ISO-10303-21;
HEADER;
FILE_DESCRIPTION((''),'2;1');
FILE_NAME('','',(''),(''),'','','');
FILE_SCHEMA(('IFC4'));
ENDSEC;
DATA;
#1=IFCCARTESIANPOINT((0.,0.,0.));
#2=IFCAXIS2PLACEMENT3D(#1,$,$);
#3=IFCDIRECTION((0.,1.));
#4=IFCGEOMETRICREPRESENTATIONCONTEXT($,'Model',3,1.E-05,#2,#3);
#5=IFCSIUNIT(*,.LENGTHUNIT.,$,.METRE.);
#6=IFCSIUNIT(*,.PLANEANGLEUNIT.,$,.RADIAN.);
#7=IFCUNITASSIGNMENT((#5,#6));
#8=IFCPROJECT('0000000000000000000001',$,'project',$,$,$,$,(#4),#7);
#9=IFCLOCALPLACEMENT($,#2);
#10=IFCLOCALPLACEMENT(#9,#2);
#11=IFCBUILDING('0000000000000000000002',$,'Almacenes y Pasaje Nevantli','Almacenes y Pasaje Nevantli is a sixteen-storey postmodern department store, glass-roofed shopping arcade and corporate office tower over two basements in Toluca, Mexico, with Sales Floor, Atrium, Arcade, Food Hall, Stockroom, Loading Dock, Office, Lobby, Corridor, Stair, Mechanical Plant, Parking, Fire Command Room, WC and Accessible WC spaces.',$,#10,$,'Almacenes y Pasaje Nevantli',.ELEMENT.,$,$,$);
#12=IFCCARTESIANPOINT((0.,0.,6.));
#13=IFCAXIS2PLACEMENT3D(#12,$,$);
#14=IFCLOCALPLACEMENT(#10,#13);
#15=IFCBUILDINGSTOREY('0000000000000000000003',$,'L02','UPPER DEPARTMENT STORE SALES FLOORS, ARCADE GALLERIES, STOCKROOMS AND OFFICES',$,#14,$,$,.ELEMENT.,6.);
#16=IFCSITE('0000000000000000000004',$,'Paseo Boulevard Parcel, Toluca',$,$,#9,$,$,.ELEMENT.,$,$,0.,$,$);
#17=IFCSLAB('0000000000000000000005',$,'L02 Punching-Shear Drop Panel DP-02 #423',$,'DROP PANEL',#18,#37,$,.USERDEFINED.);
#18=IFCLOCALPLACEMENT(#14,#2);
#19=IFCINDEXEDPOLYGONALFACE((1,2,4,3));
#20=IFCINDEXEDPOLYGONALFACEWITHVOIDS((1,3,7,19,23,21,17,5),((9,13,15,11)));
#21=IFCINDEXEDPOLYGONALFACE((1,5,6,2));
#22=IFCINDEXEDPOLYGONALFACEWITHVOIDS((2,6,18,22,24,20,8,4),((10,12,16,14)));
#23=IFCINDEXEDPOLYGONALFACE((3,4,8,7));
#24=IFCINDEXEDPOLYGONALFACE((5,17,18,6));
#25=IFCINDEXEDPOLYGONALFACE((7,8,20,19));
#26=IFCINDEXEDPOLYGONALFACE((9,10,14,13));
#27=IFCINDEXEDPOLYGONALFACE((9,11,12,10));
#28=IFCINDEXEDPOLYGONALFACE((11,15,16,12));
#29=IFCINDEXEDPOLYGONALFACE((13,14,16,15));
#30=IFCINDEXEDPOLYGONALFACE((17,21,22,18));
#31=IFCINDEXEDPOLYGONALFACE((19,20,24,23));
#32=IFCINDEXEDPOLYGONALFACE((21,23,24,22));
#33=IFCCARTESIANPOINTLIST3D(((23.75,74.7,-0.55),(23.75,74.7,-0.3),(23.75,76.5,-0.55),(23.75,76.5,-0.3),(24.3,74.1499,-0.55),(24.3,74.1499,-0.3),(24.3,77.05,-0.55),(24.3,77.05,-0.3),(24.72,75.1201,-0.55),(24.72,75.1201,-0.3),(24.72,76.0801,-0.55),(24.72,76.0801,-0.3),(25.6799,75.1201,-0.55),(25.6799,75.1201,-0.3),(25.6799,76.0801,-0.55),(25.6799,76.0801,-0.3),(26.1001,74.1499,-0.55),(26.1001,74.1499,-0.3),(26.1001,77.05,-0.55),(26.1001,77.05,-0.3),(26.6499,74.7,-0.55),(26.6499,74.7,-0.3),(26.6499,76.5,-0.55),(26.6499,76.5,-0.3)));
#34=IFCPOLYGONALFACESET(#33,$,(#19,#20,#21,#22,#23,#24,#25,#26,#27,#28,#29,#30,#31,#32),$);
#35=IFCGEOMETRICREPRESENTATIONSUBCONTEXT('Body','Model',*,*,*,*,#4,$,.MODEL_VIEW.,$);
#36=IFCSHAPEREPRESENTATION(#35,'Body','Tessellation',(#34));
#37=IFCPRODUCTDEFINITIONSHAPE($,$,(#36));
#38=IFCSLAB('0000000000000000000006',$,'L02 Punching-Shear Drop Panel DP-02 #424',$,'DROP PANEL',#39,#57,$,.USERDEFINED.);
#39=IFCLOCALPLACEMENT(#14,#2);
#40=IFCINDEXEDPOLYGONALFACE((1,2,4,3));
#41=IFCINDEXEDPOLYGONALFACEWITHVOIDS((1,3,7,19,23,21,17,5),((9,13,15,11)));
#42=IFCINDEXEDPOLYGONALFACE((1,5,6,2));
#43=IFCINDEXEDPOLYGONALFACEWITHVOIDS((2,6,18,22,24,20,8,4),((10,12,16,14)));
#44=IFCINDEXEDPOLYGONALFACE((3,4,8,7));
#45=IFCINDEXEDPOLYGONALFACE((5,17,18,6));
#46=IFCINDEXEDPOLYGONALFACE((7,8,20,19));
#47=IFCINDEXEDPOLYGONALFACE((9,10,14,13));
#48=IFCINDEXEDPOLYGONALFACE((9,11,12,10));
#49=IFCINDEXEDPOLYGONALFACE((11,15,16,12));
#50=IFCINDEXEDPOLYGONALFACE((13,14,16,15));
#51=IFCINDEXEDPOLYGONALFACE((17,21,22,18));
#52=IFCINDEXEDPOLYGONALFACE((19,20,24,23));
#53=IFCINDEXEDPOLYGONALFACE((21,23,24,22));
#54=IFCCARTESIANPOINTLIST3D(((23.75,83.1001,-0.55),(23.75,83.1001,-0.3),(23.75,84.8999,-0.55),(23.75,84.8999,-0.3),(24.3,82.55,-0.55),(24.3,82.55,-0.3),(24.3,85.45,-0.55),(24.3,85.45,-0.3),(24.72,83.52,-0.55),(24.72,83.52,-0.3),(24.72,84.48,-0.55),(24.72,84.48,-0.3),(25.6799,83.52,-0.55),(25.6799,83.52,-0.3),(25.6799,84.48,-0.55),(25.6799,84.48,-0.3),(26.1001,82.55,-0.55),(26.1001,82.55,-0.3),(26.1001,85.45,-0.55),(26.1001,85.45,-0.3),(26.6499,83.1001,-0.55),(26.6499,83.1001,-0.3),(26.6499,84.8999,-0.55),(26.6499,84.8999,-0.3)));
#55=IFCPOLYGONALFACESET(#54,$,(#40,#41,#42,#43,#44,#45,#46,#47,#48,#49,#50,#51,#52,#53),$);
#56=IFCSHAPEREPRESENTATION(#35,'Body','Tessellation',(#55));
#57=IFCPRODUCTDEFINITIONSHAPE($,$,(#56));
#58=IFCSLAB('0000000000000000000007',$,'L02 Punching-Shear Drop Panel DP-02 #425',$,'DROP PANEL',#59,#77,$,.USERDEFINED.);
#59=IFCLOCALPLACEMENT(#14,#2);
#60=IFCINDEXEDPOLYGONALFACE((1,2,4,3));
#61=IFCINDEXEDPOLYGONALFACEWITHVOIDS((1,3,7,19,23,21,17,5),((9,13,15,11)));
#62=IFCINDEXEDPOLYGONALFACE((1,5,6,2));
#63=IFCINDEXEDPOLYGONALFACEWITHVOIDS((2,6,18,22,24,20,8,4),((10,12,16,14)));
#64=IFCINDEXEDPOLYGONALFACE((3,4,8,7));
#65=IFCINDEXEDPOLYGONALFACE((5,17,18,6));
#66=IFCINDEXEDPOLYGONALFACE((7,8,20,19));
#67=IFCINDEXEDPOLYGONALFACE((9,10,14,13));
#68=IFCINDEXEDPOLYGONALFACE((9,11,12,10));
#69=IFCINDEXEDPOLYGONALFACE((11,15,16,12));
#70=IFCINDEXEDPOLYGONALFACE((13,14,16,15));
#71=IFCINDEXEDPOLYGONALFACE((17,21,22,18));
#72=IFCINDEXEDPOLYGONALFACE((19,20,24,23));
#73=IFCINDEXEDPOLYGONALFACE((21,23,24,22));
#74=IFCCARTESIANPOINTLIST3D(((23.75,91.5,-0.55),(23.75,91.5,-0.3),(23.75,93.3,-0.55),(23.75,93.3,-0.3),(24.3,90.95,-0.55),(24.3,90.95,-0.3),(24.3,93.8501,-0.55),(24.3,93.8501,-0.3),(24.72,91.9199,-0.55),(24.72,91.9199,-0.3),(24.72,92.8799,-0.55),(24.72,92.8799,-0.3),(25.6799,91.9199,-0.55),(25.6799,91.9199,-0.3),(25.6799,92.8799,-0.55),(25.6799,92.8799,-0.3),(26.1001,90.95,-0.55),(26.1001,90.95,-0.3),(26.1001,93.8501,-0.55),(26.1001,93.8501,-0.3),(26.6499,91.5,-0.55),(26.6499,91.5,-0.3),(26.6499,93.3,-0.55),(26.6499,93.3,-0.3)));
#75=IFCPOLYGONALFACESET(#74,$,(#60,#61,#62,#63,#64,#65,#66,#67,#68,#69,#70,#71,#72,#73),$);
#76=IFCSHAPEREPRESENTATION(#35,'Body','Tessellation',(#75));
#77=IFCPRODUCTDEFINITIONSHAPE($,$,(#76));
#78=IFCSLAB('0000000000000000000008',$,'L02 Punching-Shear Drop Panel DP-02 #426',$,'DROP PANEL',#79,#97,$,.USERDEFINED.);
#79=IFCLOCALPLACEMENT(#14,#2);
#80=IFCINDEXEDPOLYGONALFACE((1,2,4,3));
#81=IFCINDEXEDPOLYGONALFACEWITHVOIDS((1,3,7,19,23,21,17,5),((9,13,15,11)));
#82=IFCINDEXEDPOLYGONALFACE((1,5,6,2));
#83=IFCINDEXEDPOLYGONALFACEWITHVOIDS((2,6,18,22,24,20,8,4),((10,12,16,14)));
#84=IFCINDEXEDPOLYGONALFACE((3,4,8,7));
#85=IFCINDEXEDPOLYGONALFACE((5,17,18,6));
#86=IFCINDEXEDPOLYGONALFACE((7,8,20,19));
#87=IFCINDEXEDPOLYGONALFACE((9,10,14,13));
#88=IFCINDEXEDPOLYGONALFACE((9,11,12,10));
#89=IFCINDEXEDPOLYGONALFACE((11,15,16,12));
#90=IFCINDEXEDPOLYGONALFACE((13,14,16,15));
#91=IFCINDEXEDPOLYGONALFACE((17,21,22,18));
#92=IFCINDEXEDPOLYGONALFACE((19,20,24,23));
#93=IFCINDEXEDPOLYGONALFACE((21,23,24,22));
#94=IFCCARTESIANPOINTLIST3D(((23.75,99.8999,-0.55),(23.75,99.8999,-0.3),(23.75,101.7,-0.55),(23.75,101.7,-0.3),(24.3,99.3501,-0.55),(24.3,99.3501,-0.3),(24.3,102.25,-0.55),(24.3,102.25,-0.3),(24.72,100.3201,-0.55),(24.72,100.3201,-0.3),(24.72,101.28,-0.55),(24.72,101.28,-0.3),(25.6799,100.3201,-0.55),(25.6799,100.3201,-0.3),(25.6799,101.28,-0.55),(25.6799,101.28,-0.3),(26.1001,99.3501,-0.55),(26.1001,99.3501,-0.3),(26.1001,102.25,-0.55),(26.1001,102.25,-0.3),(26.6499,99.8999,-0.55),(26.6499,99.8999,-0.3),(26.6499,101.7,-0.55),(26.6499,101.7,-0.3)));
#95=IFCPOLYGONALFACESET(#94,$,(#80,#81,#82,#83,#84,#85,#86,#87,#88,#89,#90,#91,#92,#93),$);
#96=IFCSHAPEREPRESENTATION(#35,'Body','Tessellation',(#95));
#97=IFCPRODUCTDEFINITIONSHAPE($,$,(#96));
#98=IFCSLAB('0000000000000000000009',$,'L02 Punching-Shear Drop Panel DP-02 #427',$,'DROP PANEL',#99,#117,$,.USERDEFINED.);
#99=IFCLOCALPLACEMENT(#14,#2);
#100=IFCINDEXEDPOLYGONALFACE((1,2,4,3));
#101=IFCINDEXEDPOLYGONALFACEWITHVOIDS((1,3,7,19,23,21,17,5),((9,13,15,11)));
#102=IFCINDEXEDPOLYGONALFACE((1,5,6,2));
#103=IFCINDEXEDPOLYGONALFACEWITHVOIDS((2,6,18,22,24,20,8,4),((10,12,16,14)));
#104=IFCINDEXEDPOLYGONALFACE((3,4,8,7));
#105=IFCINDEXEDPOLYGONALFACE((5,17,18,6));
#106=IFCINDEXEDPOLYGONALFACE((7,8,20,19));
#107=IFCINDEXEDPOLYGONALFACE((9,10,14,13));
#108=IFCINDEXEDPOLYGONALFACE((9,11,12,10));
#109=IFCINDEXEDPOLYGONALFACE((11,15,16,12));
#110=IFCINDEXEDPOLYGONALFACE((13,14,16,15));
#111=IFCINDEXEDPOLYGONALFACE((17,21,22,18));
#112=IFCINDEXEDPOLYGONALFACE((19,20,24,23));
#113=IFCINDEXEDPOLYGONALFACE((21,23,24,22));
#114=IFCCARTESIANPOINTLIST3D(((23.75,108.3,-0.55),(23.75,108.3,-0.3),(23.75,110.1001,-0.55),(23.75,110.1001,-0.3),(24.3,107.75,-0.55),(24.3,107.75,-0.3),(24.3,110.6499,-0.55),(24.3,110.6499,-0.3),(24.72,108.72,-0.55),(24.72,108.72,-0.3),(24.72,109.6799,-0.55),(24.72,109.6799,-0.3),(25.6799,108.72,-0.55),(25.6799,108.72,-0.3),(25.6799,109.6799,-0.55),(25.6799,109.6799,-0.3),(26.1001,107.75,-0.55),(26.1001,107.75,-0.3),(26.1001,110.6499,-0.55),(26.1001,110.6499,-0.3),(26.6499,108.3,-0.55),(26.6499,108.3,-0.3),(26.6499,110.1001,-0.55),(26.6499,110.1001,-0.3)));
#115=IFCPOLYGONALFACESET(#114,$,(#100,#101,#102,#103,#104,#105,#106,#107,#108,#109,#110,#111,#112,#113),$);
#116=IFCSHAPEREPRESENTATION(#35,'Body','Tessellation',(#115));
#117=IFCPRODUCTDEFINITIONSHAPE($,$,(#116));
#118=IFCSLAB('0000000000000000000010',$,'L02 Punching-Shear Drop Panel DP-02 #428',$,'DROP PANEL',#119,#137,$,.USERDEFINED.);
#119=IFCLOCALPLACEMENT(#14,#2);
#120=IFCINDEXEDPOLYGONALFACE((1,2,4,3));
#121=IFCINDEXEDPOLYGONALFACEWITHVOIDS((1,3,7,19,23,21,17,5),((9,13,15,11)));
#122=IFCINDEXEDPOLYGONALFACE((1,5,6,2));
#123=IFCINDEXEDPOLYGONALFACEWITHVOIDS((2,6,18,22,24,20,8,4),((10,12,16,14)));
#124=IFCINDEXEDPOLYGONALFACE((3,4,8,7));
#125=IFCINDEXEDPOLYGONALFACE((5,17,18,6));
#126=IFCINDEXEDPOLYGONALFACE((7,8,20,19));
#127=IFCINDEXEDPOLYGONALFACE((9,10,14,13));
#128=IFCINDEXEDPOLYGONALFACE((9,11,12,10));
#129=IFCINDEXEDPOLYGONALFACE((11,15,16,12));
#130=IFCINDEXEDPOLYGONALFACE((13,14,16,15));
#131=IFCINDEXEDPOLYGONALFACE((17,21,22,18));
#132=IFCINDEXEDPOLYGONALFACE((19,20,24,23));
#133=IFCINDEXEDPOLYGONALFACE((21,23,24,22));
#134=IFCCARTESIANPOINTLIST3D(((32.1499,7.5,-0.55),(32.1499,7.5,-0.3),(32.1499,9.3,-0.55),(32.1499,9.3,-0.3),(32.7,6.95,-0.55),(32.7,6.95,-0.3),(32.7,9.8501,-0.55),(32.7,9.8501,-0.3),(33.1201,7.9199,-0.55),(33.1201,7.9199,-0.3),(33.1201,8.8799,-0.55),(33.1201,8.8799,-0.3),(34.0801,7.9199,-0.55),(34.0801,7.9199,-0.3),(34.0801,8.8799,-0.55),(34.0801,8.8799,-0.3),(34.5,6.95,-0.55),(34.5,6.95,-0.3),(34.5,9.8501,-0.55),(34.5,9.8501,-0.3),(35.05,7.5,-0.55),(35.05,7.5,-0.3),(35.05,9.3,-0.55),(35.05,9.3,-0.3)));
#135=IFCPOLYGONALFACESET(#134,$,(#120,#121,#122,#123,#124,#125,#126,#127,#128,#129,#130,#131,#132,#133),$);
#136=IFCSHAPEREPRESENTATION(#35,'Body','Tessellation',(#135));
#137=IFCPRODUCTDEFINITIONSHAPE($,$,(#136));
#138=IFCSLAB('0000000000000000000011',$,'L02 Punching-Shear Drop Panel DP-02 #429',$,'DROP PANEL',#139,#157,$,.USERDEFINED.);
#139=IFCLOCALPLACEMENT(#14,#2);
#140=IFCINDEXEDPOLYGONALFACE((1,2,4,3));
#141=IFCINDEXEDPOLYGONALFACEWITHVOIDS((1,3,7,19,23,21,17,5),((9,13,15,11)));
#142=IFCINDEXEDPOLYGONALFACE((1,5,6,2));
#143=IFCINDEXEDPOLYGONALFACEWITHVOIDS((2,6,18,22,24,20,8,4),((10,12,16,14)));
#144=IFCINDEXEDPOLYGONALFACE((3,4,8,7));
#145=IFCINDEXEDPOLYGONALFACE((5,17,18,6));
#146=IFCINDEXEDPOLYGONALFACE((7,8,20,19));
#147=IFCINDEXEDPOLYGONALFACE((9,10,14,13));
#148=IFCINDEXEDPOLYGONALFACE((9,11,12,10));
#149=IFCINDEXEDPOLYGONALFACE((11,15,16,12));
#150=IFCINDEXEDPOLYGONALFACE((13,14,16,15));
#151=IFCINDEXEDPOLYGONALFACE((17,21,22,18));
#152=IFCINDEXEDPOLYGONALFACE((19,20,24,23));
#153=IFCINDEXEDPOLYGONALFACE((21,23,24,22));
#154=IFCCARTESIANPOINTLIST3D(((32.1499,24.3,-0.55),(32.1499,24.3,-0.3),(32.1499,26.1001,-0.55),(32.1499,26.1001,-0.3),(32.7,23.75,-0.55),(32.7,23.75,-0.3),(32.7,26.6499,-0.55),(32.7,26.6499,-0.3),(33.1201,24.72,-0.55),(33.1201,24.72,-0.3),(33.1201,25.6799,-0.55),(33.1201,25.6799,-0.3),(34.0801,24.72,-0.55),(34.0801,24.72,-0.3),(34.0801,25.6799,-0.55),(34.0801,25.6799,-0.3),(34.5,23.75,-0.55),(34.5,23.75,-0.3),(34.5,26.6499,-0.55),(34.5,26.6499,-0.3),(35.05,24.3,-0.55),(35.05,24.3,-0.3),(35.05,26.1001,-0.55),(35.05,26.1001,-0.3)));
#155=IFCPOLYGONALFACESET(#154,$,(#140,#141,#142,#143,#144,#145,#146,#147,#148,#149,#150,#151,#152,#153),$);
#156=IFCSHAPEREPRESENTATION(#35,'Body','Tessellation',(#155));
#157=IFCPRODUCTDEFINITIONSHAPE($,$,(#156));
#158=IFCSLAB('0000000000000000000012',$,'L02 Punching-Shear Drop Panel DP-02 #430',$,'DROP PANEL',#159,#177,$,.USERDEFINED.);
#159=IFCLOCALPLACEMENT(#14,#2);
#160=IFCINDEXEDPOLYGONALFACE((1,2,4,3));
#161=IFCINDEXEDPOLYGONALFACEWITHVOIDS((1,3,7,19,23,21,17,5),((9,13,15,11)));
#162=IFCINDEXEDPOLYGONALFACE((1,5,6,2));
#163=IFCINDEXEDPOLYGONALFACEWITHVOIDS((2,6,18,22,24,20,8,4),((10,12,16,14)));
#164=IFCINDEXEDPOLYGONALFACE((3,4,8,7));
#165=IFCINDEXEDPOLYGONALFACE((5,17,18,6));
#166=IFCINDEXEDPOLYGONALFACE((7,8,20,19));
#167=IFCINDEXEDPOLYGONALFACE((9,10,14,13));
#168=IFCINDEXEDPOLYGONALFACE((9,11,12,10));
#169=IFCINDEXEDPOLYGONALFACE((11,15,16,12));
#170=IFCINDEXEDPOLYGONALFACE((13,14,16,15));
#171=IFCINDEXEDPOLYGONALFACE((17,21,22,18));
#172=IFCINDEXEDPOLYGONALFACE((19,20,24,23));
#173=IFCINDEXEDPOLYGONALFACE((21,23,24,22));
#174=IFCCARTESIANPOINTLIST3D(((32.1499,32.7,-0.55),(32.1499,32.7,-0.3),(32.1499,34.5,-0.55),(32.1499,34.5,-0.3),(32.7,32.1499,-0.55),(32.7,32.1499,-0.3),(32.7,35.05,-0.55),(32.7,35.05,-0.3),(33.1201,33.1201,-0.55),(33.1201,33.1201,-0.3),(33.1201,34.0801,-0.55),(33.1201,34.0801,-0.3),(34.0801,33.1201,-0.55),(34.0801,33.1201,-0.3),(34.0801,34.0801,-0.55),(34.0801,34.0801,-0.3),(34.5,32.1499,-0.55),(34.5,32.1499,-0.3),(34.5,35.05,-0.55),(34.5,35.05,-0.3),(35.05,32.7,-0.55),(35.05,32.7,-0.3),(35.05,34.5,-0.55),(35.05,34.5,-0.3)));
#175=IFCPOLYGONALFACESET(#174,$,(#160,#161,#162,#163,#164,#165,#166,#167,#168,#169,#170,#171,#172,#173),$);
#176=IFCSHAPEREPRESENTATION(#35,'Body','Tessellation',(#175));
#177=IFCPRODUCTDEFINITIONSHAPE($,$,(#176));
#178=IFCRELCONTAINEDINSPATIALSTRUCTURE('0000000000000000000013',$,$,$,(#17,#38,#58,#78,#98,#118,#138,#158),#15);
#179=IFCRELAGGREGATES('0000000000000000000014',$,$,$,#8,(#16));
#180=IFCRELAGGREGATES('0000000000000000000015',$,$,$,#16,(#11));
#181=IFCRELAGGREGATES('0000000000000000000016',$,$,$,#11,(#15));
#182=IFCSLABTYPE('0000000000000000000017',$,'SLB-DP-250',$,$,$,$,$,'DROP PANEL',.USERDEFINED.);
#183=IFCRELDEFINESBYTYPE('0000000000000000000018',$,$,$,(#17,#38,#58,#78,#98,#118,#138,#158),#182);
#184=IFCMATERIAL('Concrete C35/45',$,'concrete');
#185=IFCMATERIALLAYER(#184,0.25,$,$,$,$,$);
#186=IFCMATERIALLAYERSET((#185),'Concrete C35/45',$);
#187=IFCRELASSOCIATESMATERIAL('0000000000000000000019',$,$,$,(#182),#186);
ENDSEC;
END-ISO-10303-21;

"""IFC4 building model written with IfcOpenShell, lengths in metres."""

from ifc_helpers import new_model, si_unit, direction, frame, origin, place, context, subcontext, project, spatial, polyline, outline, extrude, material, layer, layer_set, type_object, element, save


model = new_model("IFC4")

# Units and contexts
model_context = context("Model", 3, precision=1e-05, world=origin(), true_north=direction((0.0, 1.0)))
body_context = subcontext(model_context, "Body", "Model", "MODEL_VIEW")
ifc_project = project(units=[si_unit("LENGTHUNIT", "METRE"), si_unit("PLANEANGLEUNIT", "RADIAN")], contexts=[model_context])

# Site, building, storey
site_placement = place(None, origin())
site = spatial("IfcSite", under=ifc_project, at=site_placement, Name="Paseo Boulevard Parcel, Toluca", CompositionType="ELEMENT", RefElevation=0.0)
building_placement = place(site_placement, origin())
building = spatial("IfcBuilding", under=site, at=building_placement, Name="Almacenes y Pasaje Nevantli", Description="Almacenes y Pasaje Nevantli is a sixteen-storey postmodern department store, glass-roofed shopping arcade and corporate office tower over two basements in Toluca, Mexico, with Sales Floor, Atrium, Arcade, Food Hall, Stockroom, Loading Dock, Office, Lobby, Corridor, Stair, Mechanical Plant, Parking, Fire Command Room, WC and Accessible WC spaces.", LongName="Almacenes y Pasaje Nevantli", CompositionType="ELEMENT")
storey_placement = place(building_placement, frame((0.0, 0.0, 6.0)))
storey = spatial("IfcBuildingStorey", under=building, at=storey_placement, Name="L02", Description="UPPER DEPARTMENT STORE SALES FLOORS, ARCADE GALLERIES, STOCKROOMS AND OFFICES", CompositionType="ELEMENT", Elevation=6.0)

# Slabs
ifc_material = material(Name="Concrete C35/45", Category="concrete")
ifc_layer = layer(ifc_material, 0.25)
ifc_layer_set = layer_set([ifc_layer], Name="Concrete C35/45")
slab_type = type_object("IfcSlabType", Name="SLB-DP-250", ElementType="DROP PANEL", PredefinedType="USERDEFINED", material=ifc_layer_set)
slab_1_placement = place(storey_placement, frame((0.0, 0.0, -0.55)))
element("IfcSlab", 1, at=slab_1_placement, inside=storey, type_object=slab_type, Name="L02 Punching-Shear Drop Panel DP-02 #423", ObjectType="DROP PANEL", PredefinedType="USERDEFINED", context=body_context, shape_type="SweptSolid", body=[
    extrude(outline(polyline([(24.3, 74.1499), (26.1001, 74.1499), (26.6499, 74.7), (26.6499, 76.5), (26.1001, 77.05), (24.3, 77.05), (23.75, 76.5), (23.75, 74.7), (24.3, 74.1499)]), holes=[polyline([(24.72, 75.1201), (25.6799, 75.1201), (25.6799, 76.0801), (24.72, 76.0801), (24.72, 75.1201)])]), origin(), (0.0, 0.0, 1.0), 0.25),
])
slab_2_placement = place(storey_placement, frame((0.0, 0.0, -0.55)))
element("IfcSlab", 2, at=slab_2_placement, inside=storey, type_object=slab_type, Name="L02 Punching-Shear Drop Panel DP-02 #424", ObjectType="DROP PANEL", PredefinedType="USERDEFINED", context=body_context, shape_type="SweptSolid", body=[
    extrude(outline(polyline([(24.3, 82.55), (26.1001, 82.55), (26.6499, 83.1001), (26.6499, 84.8999), (26.1001, 85.45), (24.3, 85.45), (23.75, 84.8999), (23.75, 83.1001), (24.3, 82.55)]), holes=[polyline([(24.72, 83.52), (25.6799, 83.52), (25.6799, 84.48), (24.72, 84.48), (24.72, 83.52)])]), origin(), (0.0, 0.0, 1.0), 0.25),
])
slab_3_placement = place(storey_placement, frame((0.0, 0.0, -0.55)))
element("IfcSlab", 3, at=slab_3_placement, inside=storey, type_object=slab_type, Name="L02 Punching-Shear Drop Panel DP-02 #425", ObjectType="DROP PANEL", PredefinedType="USERDEFINED", context=body_context, shape_type="SweptSolid", body=[
    extrude(outline(polyline([(24.3, 90.95), (26.1001, 90.95), (26.6499, 91.5), (26.6499, 93.3), (26.1001, 93.8501), (24.3, 93.8501), (23.75, 93.3), (23.75, 91.5), (24.3, 90.95)]), holes=[polyline([(24.72, 91.9199), (25.6799, 91.9199), (25.6799, 92.8799), (24.72, 92.8799), (24.72, 91.9199)])]), origin(), (0.0, 0.0, 1.0), 0.25),
])
slab_4_placement = place(storey_placement, frame((0.0, 0.0, -0.55)))
element("IfcSlab", 4, at=slab_4_placement, inside=storey, type_object=slab_type, Name="L02 Punching-Shear Drop Panel DP-02 #426", ObjectType="DROP PANEL", PredefinedType="USERDEFINED", context=body_context, shape_type="SweptSolid", body=[
    extrude(outline(polyline([(24.3, 99.3501), (26.1001, 99.3501), (26.6499, 99.8999), (26.6499, 101.7), (26.1001, 102.25), (24.3, 102.25), (23.75, 101.7), (23.75, 99.8999), (24.3, 99.3501)]), holes=[polyline([(24.72, 100.3201), (25.6799, 100.3201), (25.6799, 101.28), (24.72, 101.28), (24.72, 100.3201)])]), origin(), (0.0, 0.0, 1.0), 0.25),
])
slab_5_placement = place(storey_placement, frame((0.0, 0.0, -0.55)))
element("IfcSlab", 5, at=slab_5_placement, inside=storey, type_object=slab_type, Name="L02 Punching-Shear Drop Panel DP-02 #427", ObjectType="DROP PANEL", PredefinedType="USERDEFINED", context=body_context, shape_type="SweptSolid", body=[
    extrude(outline(polyline([(24.3, 107.75), (26.1001, 107.75), (26.6499, 108.3), (26.6499, 110.1001), (26.1001, 110.6499), (24.3, 110.6499), (23.75, 110.1001), (23.75, 108.3), (24.3, 107.75)]), holes=[polyline([(24.72, 108.72), (25.6799, 108.72), (25.6799, 109.6799), (24.72, 109.6799), (24.72, 108.72)])]), origin(), (0.0, 0.0, 1.0), 0.25),
])
slab_6_placement = place(storey_placement, frame((0.0, 0.0, -0.55)))
element("IfcSlab", 6, at=slab_6_placement, inside=storey, type_object=slab_type, Name="L02 Punching-Shear Drop Panel DP-02 #428", ObjectType="DROP PANEL", PredefinedType="USERDEFINED", context=body_context, shape_type="SweptSolid", body=[
    extrude(outline(polyline([(32.7, 6.95), (34.5, 6.95), (35.05, 7.5), (35.05, 9.3), (34.5, 9.8501), (32.7, 9.8501), (32.1499, 9.3), (32.1499, 7.5), (32.7, 6.95)]), holes=[polyline([(33.1201, 7.9199), (34.0801, 7.9199), (34.0801, 8.8799), (33.1201, 8.8799), (33.1201, 7.9199)])]), origin(), (0.0, 0.0, 1.0), 0.25),
])
slab_7_placement = place(storey_placement, frame((0.0, 0.0, -0.55)))
element("IfcSlab", 7, at=slab_7_placement, inside=storey, type_object=slab_type, Name="L02 Punching-Shear Drop Panel DP-02 #429", ObjectType="DROP PANEL", PredefinedType="USERDEFINED", context=body_context, shape_type="SweptSolid", body=[
    extrude(outline(polyline([(32.7, 23.75), (34.5, 23.75), (35.05, 24.3), (35.05, 26.1001), (34.5, 26.6499), (32.7, 26.6499), (32.1499, 26.1001), (32.1499, 24.3), (32.7, 23.75)]), holes=[polyline([(33.1201, 24.72), (34.0801, 24.72), (34.0801, 25.6799), (33.1201, 25.6799), (33.1201, 24.72)])]), origin(), (0.0, 0.0, 1.0), 0.25),
])
slab_8_placement = place(storey_placement, frame((0.0, 0.0, -0.55)))
element("IfcSlab", 8, at=slab_8_placement, inside=storey, type_object=slab_type, Name="L02 Punching-Shear Drop Panel DP-02 #430", ObjectType="DROP PANEL", PredefinedType="USERDEFINED", context=body_context, shape_type="SweptSolid", body=[
    extrude(outline(polyline([(32.7, 32.1499), (34.5, 32.1499), (35.05, 32.7), (35.05, 34.5), (34.5, 35.05), (32.7, 35.05), (32.1499, 34.5), (32.1499, 32.7), (32.7, 32.1499)]), holes=[polyline([(33.1201, 33.1201), (34.0801, 33.1201), (34.0801, 34.0801), (33.1201, 34.0801), (33.1201, 33.1201)])]), origin(), (0.0, 0.0, 1.0), 0.25),
])

save(model, "model.ifc")
